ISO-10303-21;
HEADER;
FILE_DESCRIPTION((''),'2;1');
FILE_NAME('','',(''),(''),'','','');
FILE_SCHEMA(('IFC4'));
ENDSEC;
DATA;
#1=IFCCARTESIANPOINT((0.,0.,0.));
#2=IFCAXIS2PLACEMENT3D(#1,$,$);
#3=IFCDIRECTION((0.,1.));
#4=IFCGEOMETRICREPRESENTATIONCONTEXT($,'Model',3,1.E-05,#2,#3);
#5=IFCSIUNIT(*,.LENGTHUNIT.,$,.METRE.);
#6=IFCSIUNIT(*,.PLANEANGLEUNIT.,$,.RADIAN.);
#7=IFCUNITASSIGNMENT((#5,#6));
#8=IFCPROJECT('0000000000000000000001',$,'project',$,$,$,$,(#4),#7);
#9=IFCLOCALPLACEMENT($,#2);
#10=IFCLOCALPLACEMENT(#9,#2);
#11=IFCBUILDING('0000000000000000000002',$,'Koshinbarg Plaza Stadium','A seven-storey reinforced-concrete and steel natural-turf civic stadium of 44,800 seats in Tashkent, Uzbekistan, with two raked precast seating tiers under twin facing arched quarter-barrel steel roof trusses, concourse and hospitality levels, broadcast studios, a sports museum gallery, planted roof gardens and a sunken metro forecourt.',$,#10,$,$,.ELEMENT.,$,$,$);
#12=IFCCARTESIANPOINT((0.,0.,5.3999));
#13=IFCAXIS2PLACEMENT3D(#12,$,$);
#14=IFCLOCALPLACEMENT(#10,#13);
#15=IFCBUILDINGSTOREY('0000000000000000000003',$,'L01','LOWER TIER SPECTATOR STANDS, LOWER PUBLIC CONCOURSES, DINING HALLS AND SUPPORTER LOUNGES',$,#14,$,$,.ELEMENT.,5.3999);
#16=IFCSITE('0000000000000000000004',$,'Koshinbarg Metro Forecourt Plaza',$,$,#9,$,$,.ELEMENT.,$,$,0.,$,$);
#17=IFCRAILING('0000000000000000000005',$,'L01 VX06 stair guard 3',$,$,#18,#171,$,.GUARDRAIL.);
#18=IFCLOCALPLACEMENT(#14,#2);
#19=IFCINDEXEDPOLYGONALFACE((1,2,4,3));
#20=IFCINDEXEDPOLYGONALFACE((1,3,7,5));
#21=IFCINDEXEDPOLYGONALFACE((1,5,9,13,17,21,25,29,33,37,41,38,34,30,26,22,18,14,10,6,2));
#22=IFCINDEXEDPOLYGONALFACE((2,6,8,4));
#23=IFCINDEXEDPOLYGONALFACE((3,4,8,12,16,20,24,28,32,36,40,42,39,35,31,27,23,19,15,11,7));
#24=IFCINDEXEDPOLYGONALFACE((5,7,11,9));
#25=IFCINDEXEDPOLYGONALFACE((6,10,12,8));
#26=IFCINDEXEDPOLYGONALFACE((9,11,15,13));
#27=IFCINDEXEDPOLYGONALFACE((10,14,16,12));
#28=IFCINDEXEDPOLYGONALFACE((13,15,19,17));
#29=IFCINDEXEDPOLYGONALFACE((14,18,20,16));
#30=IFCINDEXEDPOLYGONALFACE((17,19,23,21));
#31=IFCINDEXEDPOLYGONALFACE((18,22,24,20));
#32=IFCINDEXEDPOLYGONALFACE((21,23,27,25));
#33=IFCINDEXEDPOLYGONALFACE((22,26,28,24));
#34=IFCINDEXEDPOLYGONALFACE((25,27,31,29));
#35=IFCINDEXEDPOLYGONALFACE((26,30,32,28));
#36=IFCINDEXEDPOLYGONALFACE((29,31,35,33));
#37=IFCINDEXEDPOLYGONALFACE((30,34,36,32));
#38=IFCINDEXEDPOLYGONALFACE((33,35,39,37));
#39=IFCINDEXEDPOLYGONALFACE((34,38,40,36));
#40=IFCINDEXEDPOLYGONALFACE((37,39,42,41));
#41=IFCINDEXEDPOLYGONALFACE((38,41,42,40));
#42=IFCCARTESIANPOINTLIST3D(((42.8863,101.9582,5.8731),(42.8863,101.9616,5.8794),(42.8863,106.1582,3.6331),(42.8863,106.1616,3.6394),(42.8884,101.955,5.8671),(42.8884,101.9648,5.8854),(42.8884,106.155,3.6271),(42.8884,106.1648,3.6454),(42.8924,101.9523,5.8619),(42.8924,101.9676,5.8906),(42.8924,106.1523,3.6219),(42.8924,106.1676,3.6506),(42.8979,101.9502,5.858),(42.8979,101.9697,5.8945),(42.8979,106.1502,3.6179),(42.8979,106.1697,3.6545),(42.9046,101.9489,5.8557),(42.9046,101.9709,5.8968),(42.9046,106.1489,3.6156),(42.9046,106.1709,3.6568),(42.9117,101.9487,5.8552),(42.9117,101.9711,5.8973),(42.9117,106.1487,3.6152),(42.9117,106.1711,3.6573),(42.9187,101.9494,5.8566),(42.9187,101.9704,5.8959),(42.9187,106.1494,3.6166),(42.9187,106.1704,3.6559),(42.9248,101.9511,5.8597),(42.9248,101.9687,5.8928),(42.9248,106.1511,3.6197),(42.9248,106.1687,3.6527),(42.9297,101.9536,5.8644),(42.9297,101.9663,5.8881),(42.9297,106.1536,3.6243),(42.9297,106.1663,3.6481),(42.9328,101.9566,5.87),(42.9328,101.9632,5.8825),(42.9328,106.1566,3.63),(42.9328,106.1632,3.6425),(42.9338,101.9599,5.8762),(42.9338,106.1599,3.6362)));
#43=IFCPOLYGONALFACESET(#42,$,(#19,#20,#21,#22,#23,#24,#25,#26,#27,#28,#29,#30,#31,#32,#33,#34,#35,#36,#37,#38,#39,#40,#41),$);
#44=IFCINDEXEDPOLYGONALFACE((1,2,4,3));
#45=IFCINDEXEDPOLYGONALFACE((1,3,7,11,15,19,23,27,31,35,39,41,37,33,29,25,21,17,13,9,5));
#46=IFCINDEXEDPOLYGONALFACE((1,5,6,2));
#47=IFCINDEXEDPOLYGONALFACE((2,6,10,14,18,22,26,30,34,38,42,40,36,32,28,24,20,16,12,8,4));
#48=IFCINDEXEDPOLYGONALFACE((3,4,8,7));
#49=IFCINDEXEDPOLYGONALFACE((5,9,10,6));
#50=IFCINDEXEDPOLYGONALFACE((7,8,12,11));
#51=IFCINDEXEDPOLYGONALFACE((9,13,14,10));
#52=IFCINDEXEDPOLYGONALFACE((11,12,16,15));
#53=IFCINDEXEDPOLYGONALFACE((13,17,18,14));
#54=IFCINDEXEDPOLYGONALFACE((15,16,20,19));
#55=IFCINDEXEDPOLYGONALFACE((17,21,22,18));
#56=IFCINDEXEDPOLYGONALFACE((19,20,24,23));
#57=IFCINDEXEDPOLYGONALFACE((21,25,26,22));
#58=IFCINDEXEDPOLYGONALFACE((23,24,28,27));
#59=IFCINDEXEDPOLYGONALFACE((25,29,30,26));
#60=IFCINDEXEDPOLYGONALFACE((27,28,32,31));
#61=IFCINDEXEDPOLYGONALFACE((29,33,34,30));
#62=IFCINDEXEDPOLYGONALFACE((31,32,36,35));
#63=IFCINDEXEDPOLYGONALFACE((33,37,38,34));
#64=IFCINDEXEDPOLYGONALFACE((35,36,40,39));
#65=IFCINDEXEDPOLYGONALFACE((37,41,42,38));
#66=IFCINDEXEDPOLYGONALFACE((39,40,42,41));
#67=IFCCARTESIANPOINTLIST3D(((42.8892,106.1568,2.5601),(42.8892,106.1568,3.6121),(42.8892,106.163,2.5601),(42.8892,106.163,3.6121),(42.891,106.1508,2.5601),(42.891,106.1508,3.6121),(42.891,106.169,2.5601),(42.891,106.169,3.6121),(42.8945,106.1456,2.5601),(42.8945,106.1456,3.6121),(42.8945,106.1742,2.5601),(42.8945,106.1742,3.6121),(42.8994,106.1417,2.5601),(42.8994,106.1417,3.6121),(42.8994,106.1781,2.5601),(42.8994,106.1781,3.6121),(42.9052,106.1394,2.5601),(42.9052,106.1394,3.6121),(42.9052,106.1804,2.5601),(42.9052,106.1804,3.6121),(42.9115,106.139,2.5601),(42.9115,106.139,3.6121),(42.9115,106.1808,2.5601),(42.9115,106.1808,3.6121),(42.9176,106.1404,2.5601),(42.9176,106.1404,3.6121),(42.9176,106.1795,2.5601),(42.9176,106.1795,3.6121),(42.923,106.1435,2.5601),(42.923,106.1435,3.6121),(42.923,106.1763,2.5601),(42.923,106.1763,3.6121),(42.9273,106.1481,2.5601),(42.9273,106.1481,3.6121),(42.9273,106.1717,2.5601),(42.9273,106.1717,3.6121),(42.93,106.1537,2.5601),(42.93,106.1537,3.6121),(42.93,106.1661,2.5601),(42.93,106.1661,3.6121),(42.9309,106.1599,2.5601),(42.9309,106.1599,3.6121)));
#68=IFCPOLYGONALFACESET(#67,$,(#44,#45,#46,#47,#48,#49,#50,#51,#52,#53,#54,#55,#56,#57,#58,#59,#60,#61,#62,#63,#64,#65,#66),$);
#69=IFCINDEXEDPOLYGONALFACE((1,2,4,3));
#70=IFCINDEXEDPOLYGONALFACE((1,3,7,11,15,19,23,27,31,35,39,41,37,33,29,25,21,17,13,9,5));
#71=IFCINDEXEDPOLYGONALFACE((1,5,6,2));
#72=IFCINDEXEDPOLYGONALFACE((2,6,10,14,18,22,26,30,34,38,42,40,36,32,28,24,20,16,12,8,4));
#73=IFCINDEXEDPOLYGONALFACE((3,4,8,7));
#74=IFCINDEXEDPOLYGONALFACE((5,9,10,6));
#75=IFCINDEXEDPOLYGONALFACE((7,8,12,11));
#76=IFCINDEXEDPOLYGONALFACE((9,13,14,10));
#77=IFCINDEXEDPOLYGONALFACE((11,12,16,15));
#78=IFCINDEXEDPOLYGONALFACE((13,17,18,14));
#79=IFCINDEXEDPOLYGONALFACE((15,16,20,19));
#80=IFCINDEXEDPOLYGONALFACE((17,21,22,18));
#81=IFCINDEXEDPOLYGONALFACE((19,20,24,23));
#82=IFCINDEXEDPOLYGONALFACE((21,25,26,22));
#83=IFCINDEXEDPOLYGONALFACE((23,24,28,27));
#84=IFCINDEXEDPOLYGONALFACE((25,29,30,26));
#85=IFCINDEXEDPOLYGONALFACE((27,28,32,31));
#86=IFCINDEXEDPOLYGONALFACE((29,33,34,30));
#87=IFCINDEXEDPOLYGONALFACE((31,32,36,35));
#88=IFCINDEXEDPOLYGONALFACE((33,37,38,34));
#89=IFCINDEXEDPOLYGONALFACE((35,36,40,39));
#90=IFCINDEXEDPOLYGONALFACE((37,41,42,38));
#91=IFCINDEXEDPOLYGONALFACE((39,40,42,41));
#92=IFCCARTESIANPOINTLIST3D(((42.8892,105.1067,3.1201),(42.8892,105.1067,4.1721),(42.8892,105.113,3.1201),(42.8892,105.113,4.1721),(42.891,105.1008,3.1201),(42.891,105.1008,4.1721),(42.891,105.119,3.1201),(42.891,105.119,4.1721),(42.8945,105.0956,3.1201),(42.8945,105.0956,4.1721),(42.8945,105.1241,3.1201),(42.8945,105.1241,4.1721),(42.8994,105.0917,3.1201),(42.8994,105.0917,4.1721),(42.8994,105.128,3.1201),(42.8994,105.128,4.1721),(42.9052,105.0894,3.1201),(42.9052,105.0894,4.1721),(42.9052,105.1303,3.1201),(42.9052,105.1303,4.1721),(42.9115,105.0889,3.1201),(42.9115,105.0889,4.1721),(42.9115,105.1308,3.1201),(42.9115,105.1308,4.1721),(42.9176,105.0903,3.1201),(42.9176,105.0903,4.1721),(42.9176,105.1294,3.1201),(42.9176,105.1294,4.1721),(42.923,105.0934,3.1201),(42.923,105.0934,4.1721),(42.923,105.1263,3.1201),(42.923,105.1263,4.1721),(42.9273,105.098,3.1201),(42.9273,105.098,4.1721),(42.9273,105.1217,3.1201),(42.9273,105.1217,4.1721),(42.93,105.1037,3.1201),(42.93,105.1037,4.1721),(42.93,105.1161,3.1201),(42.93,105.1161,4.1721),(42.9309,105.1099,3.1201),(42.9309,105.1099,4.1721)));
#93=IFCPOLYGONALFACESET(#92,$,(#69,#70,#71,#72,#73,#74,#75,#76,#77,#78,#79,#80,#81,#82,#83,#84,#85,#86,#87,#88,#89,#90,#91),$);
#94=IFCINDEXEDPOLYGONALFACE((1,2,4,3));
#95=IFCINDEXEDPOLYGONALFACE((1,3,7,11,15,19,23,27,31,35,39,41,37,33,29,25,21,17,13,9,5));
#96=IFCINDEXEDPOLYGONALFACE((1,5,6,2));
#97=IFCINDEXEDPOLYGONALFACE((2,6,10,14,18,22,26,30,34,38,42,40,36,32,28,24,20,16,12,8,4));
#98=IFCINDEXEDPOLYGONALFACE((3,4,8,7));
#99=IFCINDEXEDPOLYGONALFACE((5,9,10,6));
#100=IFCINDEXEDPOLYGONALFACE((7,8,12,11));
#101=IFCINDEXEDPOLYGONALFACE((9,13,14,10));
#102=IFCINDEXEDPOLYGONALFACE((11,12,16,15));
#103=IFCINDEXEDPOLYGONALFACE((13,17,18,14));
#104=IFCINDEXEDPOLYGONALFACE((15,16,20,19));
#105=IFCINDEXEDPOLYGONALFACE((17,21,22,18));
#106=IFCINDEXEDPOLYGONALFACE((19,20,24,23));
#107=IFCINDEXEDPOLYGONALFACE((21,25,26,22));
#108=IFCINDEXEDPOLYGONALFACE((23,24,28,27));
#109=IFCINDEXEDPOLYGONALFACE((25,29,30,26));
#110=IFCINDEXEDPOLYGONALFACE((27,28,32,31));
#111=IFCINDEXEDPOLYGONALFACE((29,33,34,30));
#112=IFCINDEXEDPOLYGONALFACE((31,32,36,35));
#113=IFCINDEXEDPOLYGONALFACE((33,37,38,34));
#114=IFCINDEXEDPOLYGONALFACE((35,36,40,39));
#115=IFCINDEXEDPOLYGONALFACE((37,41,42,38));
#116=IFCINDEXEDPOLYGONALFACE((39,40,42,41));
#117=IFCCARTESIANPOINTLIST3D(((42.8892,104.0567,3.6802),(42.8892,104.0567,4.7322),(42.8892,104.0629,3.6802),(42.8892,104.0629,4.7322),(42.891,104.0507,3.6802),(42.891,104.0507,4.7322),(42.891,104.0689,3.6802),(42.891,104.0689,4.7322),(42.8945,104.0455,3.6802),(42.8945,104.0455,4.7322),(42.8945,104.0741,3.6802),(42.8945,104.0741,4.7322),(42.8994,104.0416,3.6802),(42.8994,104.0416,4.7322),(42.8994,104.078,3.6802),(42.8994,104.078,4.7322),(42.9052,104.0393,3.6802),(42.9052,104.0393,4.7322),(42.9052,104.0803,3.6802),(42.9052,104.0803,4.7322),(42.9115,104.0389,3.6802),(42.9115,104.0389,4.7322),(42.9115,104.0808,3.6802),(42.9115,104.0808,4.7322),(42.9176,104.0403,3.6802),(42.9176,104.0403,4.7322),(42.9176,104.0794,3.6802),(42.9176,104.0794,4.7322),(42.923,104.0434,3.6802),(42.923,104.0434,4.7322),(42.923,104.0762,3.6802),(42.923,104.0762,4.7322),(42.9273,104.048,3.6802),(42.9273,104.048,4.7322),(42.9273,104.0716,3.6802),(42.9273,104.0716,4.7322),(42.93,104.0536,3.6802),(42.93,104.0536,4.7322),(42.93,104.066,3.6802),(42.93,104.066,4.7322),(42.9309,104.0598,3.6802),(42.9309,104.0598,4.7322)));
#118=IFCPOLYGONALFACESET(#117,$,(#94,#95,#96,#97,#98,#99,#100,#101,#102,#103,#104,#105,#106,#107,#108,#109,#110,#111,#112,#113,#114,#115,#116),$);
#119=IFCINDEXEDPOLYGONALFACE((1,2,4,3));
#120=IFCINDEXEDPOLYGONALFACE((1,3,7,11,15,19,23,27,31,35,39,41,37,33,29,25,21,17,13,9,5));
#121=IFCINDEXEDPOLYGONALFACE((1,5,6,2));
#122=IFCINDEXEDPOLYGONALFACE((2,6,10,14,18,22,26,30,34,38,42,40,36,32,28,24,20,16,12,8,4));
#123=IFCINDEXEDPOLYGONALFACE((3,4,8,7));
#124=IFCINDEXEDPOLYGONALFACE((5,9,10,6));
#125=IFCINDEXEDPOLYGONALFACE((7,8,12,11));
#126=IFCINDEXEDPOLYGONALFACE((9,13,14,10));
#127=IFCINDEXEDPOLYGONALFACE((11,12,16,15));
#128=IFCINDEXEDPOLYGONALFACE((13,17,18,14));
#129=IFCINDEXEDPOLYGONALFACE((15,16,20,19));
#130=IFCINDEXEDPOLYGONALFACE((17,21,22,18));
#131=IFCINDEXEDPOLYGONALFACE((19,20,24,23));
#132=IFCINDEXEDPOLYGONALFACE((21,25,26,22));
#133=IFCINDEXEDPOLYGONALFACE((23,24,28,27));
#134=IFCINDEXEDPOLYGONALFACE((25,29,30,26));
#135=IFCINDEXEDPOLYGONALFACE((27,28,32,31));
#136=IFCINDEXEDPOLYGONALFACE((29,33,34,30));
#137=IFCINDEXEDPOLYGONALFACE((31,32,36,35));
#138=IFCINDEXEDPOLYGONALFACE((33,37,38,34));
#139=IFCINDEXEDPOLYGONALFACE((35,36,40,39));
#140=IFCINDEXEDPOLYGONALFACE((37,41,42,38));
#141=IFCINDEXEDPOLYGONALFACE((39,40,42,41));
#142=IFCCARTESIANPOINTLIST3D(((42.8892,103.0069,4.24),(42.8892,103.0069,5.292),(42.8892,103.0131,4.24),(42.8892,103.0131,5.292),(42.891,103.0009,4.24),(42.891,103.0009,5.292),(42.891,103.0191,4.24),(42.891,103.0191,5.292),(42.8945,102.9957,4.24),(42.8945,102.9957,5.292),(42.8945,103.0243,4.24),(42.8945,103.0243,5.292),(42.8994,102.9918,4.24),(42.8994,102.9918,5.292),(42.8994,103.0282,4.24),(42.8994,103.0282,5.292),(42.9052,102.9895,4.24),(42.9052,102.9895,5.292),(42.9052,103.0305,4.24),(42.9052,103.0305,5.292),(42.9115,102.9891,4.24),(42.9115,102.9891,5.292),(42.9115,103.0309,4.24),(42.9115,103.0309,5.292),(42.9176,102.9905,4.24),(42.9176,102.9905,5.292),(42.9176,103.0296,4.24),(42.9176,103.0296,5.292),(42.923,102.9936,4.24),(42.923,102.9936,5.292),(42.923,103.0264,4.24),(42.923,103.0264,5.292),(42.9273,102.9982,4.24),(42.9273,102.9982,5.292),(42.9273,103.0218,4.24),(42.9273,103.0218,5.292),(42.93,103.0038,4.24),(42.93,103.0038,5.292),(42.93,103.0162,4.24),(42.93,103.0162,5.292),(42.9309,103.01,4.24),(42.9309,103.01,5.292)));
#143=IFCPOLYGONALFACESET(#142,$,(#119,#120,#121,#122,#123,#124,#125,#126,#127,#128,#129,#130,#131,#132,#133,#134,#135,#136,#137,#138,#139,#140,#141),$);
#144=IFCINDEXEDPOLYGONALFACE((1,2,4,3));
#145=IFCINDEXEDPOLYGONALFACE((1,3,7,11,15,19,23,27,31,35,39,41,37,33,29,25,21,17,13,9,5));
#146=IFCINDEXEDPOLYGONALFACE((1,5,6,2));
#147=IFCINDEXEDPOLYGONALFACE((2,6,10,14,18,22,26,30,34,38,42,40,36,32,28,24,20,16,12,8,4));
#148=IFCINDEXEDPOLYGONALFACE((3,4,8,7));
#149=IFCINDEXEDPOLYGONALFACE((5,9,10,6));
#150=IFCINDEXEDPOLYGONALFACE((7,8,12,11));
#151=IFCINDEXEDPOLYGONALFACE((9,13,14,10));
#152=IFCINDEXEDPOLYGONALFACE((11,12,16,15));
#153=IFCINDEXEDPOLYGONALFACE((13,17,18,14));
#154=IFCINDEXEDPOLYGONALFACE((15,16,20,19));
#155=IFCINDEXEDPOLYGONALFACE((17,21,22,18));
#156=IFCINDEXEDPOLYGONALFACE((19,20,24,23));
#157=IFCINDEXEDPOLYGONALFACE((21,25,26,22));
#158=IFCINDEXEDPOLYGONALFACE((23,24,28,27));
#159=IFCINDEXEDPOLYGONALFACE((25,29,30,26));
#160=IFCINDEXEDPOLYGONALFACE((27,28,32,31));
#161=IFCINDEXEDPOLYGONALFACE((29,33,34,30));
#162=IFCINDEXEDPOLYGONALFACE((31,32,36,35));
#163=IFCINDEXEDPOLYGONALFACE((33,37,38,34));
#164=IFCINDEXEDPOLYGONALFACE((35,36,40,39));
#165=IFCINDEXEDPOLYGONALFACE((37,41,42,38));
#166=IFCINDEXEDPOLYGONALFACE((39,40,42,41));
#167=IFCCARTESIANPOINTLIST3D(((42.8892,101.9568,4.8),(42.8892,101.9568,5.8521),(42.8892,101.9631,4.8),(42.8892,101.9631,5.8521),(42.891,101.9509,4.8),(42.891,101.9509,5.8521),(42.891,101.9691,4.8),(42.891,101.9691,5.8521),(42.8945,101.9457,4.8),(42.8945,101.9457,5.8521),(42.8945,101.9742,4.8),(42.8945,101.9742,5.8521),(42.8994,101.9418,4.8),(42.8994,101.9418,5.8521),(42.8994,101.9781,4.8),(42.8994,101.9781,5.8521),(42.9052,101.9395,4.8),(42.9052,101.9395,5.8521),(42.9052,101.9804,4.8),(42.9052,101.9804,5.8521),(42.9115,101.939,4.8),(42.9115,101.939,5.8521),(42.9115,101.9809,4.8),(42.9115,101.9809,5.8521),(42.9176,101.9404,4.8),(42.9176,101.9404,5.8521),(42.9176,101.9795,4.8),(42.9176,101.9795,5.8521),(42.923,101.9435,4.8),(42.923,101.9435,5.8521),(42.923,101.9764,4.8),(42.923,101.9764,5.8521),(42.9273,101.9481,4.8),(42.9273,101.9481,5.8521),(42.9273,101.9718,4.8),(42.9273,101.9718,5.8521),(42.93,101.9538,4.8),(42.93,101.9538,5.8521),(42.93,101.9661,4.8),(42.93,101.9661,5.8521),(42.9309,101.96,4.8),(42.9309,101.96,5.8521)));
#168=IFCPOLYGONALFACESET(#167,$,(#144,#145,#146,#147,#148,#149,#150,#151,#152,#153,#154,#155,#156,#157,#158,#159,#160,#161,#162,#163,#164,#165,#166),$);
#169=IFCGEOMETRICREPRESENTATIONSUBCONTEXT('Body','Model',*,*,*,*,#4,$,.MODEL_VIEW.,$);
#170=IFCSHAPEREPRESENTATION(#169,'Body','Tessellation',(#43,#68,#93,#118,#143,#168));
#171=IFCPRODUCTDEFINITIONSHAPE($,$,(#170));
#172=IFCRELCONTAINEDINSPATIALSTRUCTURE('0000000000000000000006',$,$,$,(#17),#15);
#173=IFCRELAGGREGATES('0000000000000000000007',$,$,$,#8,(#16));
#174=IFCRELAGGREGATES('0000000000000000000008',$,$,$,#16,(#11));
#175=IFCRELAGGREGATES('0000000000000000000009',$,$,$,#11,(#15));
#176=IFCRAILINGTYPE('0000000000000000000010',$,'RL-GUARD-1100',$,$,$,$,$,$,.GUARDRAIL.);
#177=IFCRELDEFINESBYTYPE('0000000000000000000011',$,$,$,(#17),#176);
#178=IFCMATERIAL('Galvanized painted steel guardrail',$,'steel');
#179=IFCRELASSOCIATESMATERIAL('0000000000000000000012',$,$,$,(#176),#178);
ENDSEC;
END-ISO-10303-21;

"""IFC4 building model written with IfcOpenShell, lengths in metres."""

from ifc_helpers import new_model, si_unit, direction, frame, origin, origin_2d, place, context, subcontext, project, spatial, circle, extrude, material, type_object, element, save


model = new_model("IFC4")

# Units and contexts
model_context = context("Model", 3, precision=1e-05, world=origin(), true_north=direction((0.0, 1.0)))
body_context = subcontext(model_context, "Body", "Model", "MODEL_VIEW")
ifc_project = project(units=[si_unit("LENGTHUNIT", "METRE"), si_unit("PLANEANGLEUNIT", "RADIAN")], contexts=[model_context])

# Site, building, storey
site_placement = place(None, origin())
site = spatial("IfcSite", under=ifc_project, at=site_placement, Name="Koshinbarg Metro Forecourt Plaza", CompositionType="ELEMENT", RefElevation=0.0)
building_placement = place(site_placement, origin())
building = spatial("IfcBuilding", under=site, at=building_placement, Name="Koshinbarg Plaza Stadium", Description="A seven-storey reinforced-concrete and steel natural-turf civic stadium of 44,800 seats in Tashkent, Uzbekistan, with two raked precast seating tiers under twin facing arched quarter-barrel steel roof trusses, concourse and hospitality levels, broadcast studios, a sports museum gallery, planted roof gardens and a sunken metro forecourt.", CompositionType="ELEMENT")
storey_placement = place(building_placement, frame((0.0, 0.0, 5.3999)))
storey = spatial("IfcBuildingStorey", under=building, at=storey_placement, Name="L01", Description="LOWER TIER SPECTATOR STANDS, LOWER PUBLIC CONCOURSES, DINING HALLS AND SUPPORTER LOUNGES", CompositionType="ELEMENT", Elevation=5.3999)

# Railing
ifc_material_1 = material(Name="Galvanized painted steel guardrail", Category="steel")
railing_type_1 = type_object("IfcRailingType", Name="RL-GUARD-1100", PredefinedType="GUARDRAIL", material=ifc_material_1)
railing_1_placement = place(storey_placement, frame((42.9099, 106.1599, 2.5601)))
element("IfcRailing", 1, at=railing_1_placement, inside=storey, type_object=railing_type_1, Name="L01 VX06 stair guard 3", PredefinedType="GUARDRAIL", context=body_context, shape_type="SweptSolid", body=[
    extrude(circle(Radius=0.0239, at=origin_2d()), frame((0.0, 0.0, 1.0762), z_axis=(0.0, -0.882352, 0.470591), x_axis=(1.0, 0.0, 0.0)), (0.0, 0.0, 1.0), 4.76),
    extrude(circle(Radius=0.021, at=origin_2d()), origin(), (0.0, 0.0, 1.0), 1.052),
    extrude(circle(Radius=0.021, at=origin_2d()), frame((0.0, -1.05, 0.5601)), (0.0, 0.0, 1.0), 1.052),
    extrude(circle(Radius=0.021, at=origin_2d()), frame((0.0, -2.1001, 1.1201)), (0.0, 0.0, 1.0), 1.052),
    extrude(circle(Radius=0.021, at=origin_2d()), frame((0.0, -3.1499, 1.6799)), (0.0, 0.0, 1.0), 1.052),
    extrude(circle(Radius=0.021, at=origin_2d()), frame((0.0, -4.2, 2.24)), (0.0, 0.0, 1.0), 1.052),
])

save(model, "model.ifc")
